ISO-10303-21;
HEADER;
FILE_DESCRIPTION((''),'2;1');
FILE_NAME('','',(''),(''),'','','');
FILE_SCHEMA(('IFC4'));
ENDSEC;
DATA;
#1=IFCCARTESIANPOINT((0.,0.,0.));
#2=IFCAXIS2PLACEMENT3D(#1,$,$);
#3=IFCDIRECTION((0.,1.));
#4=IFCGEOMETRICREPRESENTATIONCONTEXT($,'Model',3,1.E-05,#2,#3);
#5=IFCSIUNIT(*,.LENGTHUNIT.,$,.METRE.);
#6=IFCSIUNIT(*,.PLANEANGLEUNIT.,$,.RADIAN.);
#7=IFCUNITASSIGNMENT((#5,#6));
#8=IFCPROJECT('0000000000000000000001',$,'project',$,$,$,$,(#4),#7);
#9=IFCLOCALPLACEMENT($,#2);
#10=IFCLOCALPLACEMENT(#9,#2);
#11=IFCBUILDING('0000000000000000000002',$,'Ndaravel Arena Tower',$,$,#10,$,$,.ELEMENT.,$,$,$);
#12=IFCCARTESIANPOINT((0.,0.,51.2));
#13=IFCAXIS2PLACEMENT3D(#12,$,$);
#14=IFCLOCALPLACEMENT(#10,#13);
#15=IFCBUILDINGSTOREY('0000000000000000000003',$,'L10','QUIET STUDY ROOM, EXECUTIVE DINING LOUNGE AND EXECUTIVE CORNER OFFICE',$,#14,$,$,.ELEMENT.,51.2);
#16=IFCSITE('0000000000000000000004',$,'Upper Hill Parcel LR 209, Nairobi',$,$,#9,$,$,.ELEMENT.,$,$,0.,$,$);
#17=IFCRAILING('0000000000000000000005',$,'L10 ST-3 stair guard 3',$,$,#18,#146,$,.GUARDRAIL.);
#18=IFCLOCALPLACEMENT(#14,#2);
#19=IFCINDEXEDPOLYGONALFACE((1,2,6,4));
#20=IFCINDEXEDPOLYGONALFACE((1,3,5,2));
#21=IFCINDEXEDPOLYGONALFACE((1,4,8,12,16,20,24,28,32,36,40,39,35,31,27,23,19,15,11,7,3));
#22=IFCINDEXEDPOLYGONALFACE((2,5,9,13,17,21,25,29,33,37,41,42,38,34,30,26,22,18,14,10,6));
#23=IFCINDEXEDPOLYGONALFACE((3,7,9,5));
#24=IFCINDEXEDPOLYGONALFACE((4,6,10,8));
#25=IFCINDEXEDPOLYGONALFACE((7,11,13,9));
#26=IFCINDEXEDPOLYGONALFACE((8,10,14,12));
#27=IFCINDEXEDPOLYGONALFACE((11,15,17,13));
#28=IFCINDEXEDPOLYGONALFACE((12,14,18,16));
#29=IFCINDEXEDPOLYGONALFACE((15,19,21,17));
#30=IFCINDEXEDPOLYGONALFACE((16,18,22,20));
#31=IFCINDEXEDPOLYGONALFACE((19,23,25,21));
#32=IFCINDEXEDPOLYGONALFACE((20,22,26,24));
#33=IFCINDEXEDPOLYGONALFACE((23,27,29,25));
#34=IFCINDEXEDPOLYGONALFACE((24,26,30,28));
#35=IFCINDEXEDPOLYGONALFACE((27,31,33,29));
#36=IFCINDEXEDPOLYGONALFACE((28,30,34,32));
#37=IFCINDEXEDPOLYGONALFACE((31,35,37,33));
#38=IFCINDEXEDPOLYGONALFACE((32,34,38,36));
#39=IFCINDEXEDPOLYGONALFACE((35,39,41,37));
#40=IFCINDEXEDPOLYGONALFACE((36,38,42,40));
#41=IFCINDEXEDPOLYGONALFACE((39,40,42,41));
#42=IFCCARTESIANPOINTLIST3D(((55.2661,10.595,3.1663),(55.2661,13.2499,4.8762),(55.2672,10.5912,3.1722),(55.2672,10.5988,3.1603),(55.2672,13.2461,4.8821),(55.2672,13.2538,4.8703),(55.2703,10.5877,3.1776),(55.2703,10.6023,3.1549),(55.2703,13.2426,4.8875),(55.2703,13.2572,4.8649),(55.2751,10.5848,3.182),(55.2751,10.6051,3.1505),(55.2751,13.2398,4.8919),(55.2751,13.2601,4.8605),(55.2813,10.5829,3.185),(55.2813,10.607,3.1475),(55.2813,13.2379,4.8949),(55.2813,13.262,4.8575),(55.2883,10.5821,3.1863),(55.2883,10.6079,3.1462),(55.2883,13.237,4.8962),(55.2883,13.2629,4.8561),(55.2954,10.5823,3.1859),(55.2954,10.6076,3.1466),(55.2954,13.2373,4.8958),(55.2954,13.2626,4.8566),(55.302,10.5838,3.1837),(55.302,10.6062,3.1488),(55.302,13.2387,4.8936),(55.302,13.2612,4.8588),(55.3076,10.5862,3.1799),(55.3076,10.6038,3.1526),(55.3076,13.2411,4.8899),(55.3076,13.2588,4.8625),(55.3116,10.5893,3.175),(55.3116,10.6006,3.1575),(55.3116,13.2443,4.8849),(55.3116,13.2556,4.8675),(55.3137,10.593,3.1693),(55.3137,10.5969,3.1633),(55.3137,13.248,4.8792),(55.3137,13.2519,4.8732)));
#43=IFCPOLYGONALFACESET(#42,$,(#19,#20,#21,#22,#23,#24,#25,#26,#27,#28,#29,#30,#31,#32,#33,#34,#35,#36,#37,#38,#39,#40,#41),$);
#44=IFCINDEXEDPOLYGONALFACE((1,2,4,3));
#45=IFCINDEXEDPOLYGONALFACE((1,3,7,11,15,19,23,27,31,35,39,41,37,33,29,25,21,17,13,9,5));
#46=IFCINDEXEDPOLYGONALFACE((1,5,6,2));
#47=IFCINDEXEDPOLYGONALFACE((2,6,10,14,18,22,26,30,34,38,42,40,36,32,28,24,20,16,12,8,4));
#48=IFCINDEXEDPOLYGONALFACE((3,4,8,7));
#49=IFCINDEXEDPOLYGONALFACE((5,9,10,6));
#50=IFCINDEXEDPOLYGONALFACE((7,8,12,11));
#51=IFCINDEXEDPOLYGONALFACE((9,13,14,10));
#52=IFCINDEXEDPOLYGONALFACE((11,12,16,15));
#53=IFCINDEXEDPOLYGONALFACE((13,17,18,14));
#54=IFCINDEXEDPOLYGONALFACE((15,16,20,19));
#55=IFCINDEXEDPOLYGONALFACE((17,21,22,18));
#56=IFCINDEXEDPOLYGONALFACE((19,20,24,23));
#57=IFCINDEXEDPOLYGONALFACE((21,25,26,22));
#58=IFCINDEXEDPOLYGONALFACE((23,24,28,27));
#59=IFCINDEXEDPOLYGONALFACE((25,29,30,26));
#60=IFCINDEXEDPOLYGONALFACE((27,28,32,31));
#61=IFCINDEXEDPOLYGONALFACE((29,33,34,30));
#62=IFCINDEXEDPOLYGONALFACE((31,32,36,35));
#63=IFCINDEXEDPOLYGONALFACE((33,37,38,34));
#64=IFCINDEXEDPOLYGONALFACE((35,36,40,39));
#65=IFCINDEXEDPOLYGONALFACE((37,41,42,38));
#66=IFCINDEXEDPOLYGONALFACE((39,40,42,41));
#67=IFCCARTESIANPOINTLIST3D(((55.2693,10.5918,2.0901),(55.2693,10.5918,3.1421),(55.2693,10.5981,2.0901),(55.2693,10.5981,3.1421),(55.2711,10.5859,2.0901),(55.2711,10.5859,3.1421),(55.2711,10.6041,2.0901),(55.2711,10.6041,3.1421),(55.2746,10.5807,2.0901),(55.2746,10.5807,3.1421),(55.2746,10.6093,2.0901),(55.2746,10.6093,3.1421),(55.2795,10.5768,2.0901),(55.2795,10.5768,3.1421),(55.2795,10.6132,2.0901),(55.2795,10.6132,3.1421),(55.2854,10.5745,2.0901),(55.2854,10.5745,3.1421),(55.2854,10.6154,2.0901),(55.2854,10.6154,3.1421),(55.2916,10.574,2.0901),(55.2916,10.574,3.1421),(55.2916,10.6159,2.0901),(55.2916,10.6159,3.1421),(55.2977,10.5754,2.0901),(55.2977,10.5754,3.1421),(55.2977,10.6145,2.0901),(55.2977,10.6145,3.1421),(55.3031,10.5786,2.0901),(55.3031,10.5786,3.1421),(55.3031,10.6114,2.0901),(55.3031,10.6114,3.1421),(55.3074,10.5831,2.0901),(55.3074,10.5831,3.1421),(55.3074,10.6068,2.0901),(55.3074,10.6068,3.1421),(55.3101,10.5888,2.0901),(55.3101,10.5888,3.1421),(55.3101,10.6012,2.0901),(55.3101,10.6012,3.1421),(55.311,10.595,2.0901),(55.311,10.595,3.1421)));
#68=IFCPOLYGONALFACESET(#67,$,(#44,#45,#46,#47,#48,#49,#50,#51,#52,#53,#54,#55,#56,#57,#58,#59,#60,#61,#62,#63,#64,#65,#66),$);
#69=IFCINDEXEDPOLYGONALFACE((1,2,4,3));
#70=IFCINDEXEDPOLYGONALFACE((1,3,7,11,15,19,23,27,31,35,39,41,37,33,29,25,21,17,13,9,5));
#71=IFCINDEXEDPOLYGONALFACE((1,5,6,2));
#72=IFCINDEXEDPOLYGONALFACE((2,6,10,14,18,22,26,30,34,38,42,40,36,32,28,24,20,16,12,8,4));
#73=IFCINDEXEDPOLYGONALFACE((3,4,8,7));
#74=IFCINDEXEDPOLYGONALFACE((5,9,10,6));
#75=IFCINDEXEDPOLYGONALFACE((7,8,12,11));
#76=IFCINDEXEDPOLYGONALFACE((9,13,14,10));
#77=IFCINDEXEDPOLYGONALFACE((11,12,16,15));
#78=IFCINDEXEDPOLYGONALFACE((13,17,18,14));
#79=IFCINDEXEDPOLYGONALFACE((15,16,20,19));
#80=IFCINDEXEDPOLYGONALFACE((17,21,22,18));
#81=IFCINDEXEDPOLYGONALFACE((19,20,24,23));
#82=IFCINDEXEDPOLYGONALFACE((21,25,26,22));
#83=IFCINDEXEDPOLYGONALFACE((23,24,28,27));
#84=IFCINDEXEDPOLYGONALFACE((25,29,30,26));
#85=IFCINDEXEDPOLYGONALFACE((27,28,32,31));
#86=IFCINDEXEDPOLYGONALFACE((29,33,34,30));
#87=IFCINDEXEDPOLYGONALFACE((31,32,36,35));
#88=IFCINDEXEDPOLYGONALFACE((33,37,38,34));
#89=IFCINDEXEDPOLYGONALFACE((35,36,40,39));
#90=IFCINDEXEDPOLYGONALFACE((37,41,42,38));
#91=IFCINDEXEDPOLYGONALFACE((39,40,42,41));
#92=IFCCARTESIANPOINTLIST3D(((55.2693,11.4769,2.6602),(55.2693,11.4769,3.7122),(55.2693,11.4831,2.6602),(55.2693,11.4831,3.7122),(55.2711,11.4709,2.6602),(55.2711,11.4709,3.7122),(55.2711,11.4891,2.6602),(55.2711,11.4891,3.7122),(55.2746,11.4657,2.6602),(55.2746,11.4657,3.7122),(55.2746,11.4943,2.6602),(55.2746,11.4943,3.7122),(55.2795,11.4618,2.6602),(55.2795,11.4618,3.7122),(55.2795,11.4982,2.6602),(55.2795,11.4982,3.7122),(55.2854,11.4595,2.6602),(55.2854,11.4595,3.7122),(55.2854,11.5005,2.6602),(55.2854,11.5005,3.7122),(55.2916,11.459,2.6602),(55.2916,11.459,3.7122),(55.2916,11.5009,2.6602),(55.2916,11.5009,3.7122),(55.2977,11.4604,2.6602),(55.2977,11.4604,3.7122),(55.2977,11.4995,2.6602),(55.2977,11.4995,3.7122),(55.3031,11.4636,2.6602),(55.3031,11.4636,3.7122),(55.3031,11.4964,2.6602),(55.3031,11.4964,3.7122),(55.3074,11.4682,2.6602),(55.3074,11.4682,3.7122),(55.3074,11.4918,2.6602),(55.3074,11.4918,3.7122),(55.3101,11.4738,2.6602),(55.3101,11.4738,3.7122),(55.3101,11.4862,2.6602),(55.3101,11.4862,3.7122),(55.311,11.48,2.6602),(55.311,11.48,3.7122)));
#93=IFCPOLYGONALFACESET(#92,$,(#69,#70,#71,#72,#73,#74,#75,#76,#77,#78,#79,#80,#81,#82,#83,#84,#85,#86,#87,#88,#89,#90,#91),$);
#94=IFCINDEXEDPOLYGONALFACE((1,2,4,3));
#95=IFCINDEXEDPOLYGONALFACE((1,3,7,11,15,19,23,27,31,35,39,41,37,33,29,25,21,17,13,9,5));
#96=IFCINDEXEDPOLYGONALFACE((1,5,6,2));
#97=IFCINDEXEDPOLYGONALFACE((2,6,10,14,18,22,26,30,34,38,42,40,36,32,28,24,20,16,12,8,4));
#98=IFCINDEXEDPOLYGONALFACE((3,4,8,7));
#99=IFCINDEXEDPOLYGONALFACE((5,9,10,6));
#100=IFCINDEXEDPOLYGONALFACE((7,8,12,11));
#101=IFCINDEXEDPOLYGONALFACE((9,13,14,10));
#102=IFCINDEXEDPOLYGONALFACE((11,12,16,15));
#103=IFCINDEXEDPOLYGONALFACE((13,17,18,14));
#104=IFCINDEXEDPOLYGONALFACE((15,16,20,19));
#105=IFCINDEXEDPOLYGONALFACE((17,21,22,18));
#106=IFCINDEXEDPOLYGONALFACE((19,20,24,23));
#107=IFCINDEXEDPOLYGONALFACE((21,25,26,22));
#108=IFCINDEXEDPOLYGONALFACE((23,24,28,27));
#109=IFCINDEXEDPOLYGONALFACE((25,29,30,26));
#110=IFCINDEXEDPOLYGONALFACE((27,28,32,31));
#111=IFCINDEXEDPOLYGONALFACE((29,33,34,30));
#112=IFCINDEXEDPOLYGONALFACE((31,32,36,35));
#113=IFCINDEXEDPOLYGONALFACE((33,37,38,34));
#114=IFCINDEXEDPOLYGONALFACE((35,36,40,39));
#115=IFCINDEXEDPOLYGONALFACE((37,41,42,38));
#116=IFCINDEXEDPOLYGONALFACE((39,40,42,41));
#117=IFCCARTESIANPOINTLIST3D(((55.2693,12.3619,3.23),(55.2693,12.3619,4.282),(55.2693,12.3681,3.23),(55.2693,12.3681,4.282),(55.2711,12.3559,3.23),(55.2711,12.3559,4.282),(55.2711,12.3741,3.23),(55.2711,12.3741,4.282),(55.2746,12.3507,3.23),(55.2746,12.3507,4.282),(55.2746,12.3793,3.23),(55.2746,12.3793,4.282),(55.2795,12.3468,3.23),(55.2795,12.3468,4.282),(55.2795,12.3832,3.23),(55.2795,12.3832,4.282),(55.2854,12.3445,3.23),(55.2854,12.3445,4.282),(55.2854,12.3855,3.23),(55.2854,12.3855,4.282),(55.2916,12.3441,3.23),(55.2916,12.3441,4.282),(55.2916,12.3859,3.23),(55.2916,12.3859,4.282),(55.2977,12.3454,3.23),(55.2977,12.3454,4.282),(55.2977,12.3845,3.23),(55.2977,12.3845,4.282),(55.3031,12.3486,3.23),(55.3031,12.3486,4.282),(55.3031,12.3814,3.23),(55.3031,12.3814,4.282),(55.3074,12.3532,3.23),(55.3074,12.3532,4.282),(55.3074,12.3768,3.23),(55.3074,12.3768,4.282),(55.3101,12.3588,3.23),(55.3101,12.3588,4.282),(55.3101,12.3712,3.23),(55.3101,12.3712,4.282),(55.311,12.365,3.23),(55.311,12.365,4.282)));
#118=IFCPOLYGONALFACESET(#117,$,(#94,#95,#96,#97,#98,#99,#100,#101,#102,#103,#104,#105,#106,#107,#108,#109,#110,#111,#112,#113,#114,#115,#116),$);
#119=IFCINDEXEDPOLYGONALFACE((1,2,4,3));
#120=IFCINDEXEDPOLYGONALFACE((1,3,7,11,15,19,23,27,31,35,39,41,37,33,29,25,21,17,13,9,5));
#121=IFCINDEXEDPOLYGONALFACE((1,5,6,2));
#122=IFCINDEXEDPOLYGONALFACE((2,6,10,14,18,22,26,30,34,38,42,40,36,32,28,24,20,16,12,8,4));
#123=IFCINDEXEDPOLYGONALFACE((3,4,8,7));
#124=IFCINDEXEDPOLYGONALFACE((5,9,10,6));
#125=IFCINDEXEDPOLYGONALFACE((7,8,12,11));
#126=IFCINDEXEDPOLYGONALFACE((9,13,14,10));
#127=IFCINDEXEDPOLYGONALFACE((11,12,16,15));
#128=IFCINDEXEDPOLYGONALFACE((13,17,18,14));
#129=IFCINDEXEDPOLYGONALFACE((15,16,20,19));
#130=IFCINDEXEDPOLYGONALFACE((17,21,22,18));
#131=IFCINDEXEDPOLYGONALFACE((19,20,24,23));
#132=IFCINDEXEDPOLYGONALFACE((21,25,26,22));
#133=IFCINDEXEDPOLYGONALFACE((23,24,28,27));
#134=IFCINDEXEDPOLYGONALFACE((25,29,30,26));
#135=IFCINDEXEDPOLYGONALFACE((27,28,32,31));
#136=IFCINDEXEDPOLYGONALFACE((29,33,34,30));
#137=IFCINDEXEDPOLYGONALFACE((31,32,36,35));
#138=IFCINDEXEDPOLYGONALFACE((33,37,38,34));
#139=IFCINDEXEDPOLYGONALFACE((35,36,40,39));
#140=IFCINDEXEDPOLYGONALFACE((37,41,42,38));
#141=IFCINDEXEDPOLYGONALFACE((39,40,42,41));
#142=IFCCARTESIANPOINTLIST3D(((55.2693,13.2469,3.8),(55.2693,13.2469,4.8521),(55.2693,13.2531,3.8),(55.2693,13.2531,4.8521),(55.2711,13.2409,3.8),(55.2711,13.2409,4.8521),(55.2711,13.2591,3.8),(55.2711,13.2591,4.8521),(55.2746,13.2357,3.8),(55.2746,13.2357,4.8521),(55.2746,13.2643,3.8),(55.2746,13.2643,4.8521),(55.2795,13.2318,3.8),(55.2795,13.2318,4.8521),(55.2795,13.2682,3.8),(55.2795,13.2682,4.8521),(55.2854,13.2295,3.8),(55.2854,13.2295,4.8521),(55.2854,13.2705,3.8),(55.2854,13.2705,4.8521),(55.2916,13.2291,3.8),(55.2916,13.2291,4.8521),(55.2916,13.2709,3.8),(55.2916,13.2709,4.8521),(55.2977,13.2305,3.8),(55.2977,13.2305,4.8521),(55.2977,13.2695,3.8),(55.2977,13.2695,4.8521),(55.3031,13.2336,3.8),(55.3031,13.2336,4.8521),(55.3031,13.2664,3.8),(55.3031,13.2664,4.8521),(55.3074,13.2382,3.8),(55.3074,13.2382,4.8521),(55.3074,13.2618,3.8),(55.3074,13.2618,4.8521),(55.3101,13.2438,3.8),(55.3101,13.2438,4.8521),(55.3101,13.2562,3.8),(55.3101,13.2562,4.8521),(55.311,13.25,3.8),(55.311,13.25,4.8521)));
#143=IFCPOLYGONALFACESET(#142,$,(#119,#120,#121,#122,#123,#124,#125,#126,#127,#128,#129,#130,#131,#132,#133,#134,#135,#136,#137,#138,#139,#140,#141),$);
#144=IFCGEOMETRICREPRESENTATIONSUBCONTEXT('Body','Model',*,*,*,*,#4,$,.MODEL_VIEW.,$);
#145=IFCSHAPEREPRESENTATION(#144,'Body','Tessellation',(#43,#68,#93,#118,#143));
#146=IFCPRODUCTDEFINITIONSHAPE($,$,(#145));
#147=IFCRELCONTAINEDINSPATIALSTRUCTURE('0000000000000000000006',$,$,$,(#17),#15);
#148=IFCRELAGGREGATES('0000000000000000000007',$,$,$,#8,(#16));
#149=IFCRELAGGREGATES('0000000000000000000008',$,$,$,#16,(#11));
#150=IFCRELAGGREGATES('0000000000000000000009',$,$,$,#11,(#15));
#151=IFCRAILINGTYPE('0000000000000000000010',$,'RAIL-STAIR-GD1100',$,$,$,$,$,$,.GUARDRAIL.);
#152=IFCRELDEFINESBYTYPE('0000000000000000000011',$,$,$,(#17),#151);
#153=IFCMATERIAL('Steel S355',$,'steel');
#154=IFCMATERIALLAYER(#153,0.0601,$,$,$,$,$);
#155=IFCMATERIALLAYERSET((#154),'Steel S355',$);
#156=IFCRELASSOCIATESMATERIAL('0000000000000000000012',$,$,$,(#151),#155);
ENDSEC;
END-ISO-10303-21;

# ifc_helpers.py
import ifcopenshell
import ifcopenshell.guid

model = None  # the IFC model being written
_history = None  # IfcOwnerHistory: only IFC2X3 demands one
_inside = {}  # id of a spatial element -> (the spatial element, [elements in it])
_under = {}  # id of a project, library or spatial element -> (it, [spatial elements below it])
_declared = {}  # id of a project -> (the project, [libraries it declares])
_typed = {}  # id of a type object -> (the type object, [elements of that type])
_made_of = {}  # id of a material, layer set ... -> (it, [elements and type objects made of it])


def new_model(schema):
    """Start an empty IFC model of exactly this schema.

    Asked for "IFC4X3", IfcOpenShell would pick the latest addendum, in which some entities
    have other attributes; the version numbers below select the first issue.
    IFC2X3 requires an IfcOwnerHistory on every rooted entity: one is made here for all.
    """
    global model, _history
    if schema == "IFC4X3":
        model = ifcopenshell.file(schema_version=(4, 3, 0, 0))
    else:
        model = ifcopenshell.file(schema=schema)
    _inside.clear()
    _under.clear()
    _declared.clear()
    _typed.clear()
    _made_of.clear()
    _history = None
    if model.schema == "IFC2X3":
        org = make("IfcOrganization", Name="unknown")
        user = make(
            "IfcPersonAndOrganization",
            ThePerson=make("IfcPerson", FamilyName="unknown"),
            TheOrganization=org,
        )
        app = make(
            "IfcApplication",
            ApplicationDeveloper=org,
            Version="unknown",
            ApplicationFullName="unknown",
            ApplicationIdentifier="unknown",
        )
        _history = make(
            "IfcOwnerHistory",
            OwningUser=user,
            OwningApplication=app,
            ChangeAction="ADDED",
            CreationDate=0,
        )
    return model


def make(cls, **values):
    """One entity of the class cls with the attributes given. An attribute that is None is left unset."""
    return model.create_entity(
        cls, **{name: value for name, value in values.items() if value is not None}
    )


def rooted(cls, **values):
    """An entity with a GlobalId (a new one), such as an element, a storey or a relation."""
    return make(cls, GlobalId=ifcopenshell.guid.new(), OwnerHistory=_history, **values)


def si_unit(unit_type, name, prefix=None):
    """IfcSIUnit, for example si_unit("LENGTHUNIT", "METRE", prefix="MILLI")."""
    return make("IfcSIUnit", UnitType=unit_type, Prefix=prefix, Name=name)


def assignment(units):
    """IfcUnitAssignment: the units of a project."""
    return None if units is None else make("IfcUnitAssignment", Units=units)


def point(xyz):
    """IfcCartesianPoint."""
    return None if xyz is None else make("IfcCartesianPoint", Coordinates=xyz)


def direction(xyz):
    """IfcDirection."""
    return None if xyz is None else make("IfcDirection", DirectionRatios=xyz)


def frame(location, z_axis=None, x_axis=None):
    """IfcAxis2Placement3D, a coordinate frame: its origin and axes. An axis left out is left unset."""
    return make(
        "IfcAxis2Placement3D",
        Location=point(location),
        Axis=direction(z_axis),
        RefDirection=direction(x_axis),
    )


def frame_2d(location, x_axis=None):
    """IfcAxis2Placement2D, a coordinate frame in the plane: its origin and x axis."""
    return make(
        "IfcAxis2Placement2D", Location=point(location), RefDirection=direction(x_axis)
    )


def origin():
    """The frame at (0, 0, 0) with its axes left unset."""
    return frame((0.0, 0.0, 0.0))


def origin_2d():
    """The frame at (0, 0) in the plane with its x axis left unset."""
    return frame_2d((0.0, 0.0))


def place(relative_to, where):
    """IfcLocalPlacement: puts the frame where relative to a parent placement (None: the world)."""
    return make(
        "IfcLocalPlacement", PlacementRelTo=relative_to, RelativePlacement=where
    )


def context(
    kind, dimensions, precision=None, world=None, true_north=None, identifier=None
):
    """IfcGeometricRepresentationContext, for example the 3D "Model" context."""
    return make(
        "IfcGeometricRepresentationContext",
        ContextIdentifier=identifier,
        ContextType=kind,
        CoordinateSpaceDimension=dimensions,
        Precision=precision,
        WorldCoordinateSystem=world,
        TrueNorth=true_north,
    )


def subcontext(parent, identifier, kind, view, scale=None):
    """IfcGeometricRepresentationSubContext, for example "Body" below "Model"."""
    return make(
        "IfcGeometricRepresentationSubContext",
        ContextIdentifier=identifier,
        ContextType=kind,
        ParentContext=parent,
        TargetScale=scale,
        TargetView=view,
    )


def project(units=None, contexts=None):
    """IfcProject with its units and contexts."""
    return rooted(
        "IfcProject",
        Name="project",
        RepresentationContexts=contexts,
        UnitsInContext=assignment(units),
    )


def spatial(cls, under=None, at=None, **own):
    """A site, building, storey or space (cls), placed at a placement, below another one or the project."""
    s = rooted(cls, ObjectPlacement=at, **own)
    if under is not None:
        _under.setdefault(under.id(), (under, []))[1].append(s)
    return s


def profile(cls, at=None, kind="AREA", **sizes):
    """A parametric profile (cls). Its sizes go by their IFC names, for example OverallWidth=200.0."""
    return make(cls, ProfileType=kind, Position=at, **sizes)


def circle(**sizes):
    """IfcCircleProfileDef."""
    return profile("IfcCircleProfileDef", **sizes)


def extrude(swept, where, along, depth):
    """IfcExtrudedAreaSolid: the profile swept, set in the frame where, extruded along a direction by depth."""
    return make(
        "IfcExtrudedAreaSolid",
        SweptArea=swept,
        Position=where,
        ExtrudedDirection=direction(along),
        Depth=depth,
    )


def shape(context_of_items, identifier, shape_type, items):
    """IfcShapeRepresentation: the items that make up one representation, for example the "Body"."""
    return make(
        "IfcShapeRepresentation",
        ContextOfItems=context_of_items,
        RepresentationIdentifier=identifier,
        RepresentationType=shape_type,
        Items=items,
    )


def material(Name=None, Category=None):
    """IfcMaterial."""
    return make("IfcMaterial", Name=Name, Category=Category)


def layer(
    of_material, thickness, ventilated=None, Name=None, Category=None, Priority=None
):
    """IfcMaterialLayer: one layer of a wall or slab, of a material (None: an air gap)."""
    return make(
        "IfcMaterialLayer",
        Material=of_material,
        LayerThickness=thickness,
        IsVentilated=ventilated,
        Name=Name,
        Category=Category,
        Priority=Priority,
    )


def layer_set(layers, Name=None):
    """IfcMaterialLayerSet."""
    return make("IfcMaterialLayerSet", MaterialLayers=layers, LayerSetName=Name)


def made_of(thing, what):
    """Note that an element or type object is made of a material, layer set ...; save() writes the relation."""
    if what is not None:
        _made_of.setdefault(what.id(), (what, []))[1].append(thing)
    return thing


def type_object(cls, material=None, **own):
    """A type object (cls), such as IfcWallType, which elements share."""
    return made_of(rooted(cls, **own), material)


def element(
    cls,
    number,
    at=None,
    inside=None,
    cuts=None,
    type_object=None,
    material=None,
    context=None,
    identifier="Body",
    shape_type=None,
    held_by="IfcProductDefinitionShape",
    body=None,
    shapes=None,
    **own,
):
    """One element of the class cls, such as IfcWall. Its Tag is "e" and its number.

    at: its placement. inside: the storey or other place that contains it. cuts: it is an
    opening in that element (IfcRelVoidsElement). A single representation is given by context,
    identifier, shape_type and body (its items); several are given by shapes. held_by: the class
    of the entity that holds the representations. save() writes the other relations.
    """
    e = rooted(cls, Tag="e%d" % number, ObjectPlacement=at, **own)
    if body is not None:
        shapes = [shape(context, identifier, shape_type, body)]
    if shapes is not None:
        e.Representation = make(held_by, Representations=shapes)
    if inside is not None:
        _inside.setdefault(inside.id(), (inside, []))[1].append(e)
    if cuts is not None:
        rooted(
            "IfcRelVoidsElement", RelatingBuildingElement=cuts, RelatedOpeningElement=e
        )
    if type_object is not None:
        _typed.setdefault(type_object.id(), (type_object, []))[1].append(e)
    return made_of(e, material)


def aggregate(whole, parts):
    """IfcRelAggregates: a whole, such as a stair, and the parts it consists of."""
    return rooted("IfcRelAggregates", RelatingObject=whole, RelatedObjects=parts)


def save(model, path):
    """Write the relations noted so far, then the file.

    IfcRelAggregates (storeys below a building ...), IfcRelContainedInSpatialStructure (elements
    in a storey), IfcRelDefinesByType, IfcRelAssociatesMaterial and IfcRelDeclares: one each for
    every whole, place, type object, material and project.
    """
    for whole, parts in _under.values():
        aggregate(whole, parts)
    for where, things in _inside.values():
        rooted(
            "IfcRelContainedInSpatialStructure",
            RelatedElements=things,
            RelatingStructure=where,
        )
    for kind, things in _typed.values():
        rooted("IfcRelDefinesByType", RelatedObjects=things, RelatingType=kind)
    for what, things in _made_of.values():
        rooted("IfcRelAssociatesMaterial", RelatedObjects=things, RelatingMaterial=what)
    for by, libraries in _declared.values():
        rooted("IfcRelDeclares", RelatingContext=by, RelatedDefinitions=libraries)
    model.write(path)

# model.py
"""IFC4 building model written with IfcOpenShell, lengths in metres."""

from ifc_helpers import new_model, si_unit, direction, frame, origin, origin_2d, place, context, subcontext, project, spatial, circle, extrude, material, layer, layer_set, type_object, element, save


model = new_model("IFC4")

# Units and contexts
model_context = context("Model", 3, precision=1e-05, world=origin(), true_north=direction((0.0, 1.0)))
body_context = subcontext(model_context, "Body", "Model", "MODEL_VIEW")
ifc_project = project(units=[si_unit("LENGTHUNIT", "METRE"), si_unit("PLANEANGLEUNIT", "RADIAN")], contexts=[model_context])

# Site, building, storey
site_placement = place(None, origin())
site = spatial("IfcSite", under=ifc_project, at=site_placement, Name="Upper Hill Parcel LR 209, Nairobi", CompositionType="ELEMENT", RefElevation=0.0)
building_placement = place(site_placement, origin())
building = spatial("IfcBuilding", under=site, at=building_placement, Name="Ndaravel Arena Tower", CompositionType="ELEMENT")
storey_placement = place(building_placement, frame((0.0, 0.0, 51.2)))
storey = spatial("IfcBuildingStorey", under=building, at=storey_placement, Name="L10", Description="QUIET STUDY ROOM, EXECUTIVE DINING LOUNGE AND EXECUTIVE CORNER OFFICE", CompositionType="ELEMENT", Elevation=51.2)

# Railing
ifc_material_1 = material(Name="Steel S355", Category="steel")
ifc_layer_1 = layer(ifc_material_1, 0.0601)
ifc_layer_set_1 = layer_set([ifc_layer_1], Name="Steel S355")
railing_type_1 = type_object("IfcRailingType", Name="RAIL-STAIR-GD1100", PredefinedType="GUARDRAIL", material=ifc_layer_set_1)
railing_1_placement = place(storey_placement, frame((55.29, 10.595, 2.0901)))
element("IfcRailing", 1, at=railing_1_placement, inside=storey, type_object=railing_type_1, Name="L10 ST-3 stair guard 3", PredefinedType="GUARDRAIL", context=body_context, shape_type="SweptSolid", body=[
    extrude(circle(Radius=0.0239, at=origin_2d()), frame((0.0, 0.0, 1.0762), z_axis=(0.0, 0.840724, 0.541465), x_axis=(-1.0, 0.0, 0.0)), (0.0, 0.0, 1.0), 3.158),
    extrude(circle(Radius=0.021, at=origin_2d()), origin(), (0.0, 0.0, 1.0), 1.052),
    extrude(circle(Radius=0.021, at=origin_2d()), frame((0.0, 0.885, 0.5701)), (0.0, 0.0, 1.0), 1.052),
    extrude(circle(Radius=0.021, at=origin_2d()), frame((0.0, 1.77, 1.1399)), (0.0, 0.0, 1.0), 1.052),
    extrude(circle(Radius=0.021, at=origin_2d()), frame((0.0, 2.655, 1.71)), (0.0, 0.0, 1.0), 1.052),
])

save(model, "model.ifc")
